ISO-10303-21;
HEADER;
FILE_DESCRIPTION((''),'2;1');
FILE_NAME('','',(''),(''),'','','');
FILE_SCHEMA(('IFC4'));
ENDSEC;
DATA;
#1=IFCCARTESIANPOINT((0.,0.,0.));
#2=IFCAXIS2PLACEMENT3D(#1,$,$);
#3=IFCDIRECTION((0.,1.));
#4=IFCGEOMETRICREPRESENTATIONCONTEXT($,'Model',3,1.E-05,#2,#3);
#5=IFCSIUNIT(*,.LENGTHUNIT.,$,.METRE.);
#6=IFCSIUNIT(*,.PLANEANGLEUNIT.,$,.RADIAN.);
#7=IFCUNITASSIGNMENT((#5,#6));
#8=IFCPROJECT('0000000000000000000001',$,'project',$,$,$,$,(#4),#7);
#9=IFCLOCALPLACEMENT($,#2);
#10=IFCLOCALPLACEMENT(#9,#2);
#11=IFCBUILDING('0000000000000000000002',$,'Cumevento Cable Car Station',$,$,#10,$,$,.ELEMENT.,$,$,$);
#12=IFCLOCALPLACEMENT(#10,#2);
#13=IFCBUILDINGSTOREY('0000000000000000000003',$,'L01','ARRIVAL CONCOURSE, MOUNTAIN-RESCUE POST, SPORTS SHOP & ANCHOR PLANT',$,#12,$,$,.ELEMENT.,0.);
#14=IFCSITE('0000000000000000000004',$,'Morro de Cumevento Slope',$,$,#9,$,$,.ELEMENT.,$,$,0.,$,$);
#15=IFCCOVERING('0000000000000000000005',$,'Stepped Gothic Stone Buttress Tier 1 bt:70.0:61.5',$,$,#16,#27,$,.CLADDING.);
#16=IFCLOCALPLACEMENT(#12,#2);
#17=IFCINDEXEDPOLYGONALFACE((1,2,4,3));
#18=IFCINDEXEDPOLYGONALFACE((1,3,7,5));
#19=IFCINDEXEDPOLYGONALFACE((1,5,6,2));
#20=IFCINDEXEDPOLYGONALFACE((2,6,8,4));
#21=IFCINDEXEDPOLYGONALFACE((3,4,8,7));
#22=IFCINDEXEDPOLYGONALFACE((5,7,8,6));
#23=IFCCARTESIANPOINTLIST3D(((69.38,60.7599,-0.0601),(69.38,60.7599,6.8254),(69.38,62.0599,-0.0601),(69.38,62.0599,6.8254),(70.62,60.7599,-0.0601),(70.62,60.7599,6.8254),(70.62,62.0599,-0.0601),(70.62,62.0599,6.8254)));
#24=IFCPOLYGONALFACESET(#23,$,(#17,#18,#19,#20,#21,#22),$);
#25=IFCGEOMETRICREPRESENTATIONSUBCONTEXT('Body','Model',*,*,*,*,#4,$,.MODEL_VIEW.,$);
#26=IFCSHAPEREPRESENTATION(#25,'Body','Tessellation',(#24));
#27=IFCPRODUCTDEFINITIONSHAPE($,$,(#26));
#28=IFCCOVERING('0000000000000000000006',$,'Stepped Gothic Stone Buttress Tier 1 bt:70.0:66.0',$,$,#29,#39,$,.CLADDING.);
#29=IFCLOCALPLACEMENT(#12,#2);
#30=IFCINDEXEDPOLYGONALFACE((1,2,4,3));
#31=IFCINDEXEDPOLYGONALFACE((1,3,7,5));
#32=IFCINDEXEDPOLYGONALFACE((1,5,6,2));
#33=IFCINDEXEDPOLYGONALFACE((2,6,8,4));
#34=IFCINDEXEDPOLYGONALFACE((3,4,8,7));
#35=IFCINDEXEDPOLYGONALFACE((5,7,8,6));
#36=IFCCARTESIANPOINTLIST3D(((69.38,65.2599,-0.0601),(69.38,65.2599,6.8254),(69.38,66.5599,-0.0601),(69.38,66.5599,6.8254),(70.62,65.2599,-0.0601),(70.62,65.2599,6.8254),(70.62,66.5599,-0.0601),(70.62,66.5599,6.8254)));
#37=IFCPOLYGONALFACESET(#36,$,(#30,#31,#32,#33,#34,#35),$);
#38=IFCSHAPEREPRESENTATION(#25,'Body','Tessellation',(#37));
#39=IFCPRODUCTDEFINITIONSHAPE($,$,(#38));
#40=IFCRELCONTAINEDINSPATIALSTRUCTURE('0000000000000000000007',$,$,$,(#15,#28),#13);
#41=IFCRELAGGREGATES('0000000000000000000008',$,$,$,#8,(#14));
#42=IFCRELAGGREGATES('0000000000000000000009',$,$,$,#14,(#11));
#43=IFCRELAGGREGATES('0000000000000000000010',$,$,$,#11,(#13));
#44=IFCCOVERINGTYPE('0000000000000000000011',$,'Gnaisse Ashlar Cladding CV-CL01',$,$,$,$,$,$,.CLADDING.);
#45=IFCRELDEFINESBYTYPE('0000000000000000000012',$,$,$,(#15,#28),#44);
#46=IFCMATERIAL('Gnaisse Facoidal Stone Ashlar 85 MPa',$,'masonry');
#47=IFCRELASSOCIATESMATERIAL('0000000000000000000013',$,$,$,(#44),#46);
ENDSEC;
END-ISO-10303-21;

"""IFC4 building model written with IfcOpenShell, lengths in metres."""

from ifc_helpers import new_model, si_unit, direction, frame, origin, origin_2d, place, context, subcontext, project, spatial, rectangle, extrude, material, type_object, element, save


model = new_model("IFC4")

# Units and contexts
model_context = context("Model", 3, precision=1e-05, world=origin(), true_north=direction((0.0, 1.0)))
body_context = subcontext(model_context, "Body", "Model", "MODEL_VIEW")
ifc_project = project(units=[si_unit("LENGTHUNIT", "METRE"), si_unit("PLANEANGLEUNIT", "RADIAN")], contexts=[model_context])

# Site, building, storey
site_placement = place(None, origin())
site = spatial("IfcSite", under=ifc_project, at=site_placement, Name="Morro de Cumevento Slope", CompositionType="ELEMENT", RefElevation=0.0)
building_placement = place(site_placement, origin())
building = spatial("IfcBuilding", under=site, at=building_placement, Name="Cumevento Cable Car Station", CompositionType="ELEMENT")
storey_placement = place(building_placement, origin())
storey = spatial("IfcBuildingStorey", under=building, at=storey_placement, Name="L01", Description="ARRIVAL CONCOURSE, MOUNTAIN-RESCUE POST, SPORTS SHOP & ANCHOR PLANT", CompositionType="ELEMENT", Elevation=0.0)

# Coverings
ifc_material_1 = material(Name="Gnaisse Facoidal Stone Ashlar 85 MPa", Category="masonry")
covering_type = type_object("IfcCoveringType", Name="Gnaisse Ashlar Cladding CV-CL01", PredefinedType="CLADDING", material=ifc_material_1)
for number, where, z_axis, x_axis, name in (
    (1, (70.0, 61.4099, -0.0601), (0.0, 0.0, 1.0), (1.0, 0.0, 0.0), "Stepped Gothic Stone Buttress Tier 1 bt:70.0:61.5"),
    (2, (70.0, 65.9099, -0.0601), (0.0, 0.0, 1.0), (1.0, 0.0, 0.0), "Stepped Gothic Stone Buttress Tier 1 bt:70.0:66.0"),
):
    element("IfcCovering", number, at=place(storey_placement, frame(where, z_axis=z_axis, x_axis=x_axis)), inside=storey, type_object=covering_type, Name=name, PredefinedType="CLADDING", context=body_context, shape_type="SweptSolid", body=[
        extrude(rectangle(XDim=1.24, YDim=1.3, at=origin_2d()), origin(), (0.0, 0.0, 1.0), 6.8855),
    ])

save(model, "model.ifc")
